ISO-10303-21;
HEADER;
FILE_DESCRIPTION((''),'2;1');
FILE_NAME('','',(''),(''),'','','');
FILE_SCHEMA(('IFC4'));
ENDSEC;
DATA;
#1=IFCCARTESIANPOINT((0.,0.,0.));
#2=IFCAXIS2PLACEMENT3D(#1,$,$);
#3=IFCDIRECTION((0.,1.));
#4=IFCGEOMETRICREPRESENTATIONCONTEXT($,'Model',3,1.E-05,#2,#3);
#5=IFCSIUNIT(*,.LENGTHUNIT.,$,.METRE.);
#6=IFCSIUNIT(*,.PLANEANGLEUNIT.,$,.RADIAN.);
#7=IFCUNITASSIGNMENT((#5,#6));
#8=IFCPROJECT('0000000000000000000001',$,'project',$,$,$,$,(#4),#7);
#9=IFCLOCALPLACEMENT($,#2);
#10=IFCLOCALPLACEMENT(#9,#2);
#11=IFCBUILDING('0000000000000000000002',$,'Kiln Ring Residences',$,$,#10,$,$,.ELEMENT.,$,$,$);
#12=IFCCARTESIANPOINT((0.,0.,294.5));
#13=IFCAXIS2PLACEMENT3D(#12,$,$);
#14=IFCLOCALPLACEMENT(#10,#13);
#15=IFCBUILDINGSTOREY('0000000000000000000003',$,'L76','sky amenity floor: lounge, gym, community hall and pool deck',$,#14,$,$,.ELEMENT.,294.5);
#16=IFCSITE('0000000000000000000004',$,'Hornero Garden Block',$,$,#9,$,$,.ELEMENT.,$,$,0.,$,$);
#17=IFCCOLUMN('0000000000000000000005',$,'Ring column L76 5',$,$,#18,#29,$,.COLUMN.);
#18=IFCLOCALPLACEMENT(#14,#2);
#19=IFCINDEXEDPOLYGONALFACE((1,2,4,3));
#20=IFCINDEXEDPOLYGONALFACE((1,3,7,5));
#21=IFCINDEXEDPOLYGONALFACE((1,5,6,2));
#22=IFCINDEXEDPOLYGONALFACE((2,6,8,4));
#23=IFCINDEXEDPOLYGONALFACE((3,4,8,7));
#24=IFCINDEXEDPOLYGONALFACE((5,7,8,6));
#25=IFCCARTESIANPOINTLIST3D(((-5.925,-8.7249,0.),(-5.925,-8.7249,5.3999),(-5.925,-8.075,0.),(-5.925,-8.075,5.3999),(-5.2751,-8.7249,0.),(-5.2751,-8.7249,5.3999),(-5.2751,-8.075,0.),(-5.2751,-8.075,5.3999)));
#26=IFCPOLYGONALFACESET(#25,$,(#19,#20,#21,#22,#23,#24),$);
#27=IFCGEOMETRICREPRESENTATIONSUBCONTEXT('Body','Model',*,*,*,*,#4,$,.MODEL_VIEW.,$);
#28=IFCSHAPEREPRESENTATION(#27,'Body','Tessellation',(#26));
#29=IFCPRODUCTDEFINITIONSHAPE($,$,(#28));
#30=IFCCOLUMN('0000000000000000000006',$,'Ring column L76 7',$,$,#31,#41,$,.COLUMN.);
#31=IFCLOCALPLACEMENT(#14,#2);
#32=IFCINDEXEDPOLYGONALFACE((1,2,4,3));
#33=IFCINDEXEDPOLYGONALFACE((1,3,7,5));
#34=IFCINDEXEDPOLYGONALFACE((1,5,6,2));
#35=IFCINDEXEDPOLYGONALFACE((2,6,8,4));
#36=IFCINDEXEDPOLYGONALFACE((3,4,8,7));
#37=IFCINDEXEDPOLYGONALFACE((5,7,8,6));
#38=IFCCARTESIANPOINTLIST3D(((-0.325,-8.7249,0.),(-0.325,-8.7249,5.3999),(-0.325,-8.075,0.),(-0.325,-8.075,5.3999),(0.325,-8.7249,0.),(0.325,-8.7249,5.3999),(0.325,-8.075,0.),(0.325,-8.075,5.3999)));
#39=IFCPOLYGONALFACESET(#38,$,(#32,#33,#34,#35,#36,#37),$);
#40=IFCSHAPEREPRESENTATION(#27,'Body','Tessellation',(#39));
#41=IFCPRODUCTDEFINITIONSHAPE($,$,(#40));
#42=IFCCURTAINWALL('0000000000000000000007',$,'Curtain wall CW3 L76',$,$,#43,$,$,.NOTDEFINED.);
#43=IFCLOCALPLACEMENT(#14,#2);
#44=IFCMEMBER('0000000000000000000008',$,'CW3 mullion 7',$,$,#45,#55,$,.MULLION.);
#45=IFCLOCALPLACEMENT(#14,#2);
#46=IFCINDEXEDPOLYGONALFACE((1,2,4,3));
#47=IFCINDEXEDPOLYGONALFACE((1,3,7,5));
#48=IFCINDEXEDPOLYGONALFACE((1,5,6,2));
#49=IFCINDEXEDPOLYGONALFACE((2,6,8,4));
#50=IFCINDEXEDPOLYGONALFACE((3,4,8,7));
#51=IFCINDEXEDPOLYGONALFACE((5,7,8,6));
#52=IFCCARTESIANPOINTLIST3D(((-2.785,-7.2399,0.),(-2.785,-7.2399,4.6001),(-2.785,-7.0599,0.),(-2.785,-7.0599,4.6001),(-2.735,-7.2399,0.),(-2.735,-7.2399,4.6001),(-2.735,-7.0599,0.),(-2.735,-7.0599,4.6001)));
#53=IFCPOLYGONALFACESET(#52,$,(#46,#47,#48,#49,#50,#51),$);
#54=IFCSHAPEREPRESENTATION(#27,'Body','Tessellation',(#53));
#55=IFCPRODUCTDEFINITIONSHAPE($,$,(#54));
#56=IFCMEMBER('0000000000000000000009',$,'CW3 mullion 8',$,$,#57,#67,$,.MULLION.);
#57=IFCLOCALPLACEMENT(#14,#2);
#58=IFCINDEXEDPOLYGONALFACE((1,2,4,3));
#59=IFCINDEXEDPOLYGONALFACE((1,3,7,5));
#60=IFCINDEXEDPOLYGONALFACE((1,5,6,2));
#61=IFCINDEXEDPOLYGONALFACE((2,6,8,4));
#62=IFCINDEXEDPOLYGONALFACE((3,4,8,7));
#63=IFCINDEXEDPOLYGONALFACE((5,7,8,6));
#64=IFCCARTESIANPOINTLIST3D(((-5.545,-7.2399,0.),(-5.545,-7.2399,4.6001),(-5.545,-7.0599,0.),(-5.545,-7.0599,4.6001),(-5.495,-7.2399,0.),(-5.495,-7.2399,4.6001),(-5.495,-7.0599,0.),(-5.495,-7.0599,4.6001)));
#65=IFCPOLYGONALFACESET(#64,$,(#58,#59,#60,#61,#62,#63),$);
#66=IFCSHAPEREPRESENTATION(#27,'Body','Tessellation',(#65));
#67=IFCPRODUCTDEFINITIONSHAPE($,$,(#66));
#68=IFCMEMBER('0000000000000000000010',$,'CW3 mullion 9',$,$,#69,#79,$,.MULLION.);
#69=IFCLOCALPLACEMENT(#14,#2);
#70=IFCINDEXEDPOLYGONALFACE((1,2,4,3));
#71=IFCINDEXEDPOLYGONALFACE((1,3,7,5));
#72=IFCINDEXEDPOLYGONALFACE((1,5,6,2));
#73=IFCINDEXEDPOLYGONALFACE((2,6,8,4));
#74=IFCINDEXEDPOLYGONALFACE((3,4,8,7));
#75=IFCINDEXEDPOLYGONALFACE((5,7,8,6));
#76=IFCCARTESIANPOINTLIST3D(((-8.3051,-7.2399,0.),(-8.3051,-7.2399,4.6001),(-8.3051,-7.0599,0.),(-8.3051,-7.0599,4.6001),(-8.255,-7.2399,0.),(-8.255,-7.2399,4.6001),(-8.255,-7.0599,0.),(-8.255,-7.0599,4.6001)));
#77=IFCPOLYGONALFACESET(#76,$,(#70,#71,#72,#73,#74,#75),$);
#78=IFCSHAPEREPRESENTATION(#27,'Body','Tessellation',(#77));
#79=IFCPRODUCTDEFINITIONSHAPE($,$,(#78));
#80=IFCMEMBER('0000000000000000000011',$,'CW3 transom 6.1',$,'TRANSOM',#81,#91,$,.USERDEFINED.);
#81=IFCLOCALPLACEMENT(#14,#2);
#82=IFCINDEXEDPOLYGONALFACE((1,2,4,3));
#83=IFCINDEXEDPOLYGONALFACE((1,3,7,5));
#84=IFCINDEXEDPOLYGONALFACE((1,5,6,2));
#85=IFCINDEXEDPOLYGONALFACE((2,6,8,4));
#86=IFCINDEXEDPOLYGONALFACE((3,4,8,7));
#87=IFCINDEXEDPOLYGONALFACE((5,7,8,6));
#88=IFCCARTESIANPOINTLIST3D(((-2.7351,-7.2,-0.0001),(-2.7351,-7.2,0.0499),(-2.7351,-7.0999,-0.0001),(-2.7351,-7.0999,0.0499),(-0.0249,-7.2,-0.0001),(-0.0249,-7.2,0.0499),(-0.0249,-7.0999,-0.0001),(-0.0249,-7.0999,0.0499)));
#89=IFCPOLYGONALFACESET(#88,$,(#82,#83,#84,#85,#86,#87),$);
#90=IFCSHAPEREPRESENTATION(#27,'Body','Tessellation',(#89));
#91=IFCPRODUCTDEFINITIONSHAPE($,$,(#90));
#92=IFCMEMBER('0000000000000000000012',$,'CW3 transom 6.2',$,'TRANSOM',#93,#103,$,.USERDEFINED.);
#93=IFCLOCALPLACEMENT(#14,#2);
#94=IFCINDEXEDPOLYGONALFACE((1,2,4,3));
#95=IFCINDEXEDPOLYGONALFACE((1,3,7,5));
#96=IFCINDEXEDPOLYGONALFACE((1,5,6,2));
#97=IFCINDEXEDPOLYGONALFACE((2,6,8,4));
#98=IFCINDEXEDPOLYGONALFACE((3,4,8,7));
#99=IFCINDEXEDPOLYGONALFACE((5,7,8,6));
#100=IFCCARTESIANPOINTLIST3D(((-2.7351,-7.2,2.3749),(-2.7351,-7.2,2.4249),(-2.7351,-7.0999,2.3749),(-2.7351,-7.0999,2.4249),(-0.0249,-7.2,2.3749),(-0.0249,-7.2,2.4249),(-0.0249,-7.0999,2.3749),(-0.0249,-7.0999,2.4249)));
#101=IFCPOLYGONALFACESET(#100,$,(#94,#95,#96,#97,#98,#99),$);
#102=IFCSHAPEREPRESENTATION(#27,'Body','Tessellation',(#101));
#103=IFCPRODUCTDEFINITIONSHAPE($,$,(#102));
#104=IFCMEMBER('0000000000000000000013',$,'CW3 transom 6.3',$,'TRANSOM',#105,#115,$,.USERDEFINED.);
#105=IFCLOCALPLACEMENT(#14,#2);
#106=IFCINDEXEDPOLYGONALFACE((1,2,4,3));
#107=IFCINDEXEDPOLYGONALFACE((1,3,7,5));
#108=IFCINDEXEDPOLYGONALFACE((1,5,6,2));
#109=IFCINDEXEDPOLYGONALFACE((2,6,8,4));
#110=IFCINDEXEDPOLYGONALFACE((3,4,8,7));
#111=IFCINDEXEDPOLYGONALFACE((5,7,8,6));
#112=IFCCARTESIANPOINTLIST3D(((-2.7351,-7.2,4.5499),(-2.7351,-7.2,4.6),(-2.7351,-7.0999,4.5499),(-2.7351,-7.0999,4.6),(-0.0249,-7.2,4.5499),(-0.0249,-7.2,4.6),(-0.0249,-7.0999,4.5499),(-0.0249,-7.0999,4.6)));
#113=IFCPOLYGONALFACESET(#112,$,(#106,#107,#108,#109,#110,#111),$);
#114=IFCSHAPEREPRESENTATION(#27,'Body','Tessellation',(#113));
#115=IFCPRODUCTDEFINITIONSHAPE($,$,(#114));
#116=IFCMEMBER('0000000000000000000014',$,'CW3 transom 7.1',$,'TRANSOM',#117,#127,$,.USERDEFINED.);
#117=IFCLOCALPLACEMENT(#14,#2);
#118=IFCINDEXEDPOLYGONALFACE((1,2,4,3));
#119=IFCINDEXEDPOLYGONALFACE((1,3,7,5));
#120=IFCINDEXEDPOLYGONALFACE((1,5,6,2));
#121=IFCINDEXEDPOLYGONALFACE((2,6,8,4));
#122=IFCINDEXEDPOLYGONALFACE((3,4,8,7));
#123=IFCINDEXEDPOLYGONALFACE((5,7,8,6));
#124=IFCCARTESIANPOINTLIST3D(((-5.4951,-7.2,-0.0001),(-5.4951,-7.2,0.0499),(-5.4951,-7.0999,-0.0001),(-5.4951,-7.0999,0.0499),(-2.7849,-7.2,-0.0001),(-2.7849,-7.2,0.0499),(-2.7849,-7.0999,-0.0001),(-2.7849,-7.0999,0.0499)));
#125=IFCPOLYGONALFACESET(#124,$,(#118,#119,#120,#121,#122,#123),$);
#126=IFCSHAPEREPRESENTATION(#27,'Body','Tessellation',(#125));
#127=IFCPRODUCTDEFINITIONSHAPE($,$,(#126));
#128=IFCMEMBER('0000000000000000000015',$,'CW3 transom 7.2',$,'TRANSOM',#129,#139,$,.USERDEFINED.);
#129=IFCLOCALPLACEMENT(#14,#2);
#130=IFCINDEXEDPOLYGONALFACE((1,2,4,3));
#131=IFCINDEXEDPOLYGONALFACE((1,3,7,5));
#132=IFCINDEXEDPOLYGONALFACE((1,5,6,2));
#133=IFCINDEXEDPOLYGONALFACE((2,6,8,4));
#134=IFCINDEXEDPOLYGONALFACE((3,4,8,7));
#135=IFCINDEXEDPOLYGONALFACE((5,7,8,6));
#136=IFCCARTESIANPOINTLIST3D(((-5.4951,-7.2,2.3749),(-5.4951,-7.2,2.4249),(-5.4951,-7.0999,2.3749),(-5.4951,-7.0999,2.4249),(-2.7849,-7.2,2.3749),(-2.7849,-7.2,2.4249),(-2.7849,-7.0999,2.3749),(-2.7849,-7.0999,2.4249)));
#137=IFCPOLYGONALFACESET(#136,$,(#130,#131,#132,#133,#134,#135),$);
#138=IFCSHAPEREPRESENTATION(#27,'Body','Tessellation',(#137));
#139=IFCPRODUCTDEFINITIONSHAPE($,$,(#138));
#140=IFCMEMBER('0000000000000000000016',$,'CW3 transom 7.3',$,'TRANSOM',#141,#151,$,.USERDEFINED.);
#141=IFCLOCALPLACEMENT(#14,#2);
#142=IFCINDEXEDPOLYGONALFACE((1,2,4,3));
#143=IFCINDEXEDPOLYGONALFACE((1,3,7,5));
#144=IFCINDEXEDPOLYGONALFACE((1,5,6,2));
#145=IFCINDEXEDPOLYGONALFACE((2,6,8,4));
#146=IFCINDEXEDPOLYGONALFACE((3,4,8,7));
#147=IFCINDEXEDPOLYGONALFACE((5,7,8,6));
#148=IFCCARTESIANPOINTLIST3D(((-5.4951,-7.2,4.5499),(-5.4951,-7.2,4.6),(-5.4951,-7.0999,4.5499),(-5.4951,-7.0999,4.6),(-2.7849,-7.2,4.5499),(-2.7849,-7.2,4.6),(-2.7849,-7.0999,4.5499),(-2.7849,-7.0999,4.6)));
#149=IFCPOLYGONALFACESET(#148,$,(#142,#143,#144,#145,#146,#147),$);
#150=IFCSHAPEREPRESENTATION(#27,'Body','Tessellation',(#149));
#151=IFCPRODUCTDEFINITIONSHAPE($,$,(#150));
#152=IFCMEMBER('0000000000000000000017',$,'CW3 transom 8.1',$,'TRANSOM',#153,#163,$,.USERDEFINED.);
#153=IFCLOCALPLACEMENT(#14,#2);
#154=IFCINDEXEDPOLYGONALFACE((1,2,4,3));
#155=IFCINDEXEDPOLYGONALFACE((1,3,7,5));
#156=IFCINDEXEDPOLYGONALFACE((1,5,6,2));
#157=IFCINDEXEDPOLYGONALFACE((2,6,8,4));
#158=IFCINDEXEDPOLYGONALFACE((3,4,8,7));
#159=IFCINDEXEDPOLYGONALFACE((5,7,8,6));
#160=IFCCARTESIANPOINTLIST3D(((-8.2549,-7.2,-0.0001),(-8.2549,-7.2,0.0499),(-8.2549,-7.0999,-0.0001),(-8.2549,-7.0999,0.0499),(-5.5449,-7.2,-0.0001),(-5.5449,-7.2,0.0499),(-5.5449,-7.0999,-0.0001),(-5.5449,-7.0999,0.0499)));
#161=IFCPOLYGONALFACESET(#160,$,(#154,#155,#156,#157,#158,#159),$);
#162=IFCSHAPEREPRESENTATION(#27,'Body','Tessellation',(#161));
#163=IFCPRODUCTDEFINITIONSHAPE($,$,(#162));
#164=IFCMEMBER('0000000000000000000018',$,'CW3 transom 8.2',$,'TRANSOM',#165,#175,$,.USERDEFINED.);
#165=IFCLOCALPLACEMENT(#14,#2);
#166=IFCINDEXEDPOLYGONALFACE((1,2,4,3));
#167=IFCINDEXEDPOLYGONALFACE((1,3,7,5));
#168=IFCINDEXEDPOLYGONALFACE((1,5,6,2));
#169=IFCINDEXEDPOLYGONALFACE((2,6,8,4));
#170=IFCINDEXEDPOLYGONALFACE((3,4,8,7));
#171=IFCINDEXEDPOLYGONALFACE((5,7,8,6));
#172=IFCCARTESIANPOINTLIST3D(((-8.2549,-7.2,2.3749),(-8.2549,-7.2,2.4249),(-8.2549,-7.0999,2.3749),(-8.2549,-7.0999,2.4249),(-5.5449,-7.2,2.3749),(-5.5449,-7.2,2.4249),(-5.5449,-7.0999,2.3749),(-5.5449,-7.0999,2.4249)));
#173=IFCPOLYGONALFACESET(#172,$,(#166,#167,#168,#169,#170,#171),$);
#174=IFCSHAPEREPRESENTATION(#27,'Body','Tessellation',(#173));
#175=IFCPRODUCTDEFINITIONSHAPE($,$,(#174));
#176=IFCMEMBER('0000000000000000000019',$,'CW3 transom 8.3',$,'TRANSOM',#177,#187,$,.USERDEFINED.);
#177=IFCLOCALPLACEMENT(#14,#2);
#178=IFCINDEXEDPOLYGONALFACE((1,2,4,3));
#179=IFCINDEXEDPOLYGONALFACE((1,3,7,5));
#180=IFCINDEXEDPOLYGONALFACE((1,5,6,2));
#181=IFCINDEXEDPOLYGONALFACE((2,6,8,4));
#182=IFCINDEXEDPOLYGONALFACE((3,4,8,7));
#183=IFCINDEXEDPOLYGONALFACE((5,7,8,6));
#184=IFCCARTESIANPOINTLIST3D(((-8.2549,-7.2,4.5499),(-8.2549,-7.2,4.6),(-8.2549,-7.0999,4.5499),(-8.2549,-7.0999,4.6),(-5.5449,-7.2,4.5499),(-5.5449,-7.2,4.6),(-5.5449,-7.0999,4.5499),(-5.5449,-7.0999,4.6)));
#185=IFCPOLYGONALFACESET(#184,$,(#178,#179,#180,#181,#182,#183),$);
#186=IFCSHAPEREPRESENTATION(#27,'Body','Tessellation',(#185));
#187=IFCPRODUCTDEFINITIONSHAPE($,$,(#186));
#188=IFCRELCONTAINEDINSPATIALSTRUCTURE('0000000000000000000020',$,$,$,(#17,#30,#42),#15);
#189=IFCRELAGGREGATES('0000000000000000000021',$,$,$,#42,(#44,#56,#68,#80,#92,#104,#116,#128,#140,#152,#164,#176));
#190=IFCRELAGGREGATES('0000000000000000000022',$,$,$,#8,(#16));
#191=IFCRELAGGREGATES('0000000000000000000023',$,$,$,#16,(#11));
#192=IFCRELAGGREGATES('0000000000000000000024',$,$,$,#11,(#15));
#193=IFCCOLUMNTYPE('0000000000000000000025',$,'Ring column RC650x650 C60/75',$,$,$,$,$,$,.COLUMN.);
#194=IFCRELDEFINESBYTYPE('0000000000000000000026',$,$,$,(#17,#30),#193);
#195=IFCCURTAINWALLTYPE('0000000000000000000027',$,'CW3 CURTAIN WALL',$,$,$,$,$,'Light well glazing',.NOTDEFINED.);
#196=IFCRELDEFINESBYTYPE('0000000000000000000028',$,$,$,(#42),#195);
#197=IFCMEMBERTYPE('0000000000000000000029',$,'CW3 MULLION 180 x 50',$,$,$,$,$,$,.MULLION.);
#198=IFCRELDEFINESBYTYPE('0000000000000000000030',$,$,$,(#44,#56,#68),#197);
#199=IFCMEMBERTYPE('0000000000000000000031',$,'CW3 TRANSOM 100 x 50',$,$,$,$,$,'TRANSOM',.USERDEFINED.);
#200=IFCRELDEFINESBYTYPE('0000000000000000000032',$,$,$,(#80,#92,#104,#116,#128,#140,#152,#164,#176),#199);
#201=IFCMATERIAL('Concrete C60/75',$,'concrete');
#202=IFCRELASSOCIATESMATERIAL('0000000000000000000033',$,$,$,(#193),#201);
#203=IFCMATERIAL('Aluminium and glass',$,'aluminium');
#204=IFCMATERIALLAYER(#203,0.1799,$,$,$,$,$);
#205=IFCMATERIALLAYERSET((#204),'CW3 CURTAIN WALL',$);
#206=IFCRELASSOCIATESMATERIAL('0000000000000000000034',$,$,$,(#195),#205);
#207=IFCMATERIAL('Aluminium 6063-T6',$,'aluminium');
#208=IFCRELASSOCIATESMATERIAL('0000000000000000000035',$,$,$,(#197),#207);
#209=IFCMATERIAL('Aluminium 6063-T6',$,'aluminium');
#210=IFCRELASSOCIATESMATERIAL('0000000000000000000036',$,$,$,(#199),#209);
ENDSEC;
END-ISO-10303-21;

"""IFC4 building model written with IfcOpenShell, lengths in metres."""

from ifc_helpers import new_model, si_unit, direction, frame, origin, origin_2d, place, context, subcontext, project, spatial, rectangle, extrude, material, layer, layer_set, material_profile, profile_set, type_object, element, aggregate, save


model = new_model("IFC4")

# Units and contexts
model_context = context("Model", 3, precision=1e-05, world=origin(), true_north=direction((0.0, 1.0)))
body_context = subcontext(model_context, "Body", "Model", "MODEL_VIEW")
ifc_project = project(units=[si_unit("LENGTHUNIT", "METRE"), si_unit("PLANEANGLEUNIT", "RADIAN")], contexts=[model_context])

# Site, building, storey
site_placement = place(None, origin())
site = spatial("IfcSite", under=ifc_project, at=site_placement, Name="Hornero Garden Block", CompositionType="ELEMENT", RefElevation=0.0)
building_placement = place(site_placement, origin())
building = spatial("IfcBuilding", under=site, at=building_placement, Name="Kiln Ring Residences", CompositionType="ELEMENT")
storey_placement = place(building_placement, frame((0.0, 0.0, 294.5)))
storey = spatial("IfcBuildingStorey", under=building, at=storey_placement, Name="L76", Description="sky amenity floor: lounge, gym, community hall and pool deck", CompositionType="ELEMENT", Elevation=294.5)

# Columns
ifc_material_1 = material(Name="Concrete C60/75", Category="concrete")
ifc_material_profile_1 = material_profile(ifc_material_1, rectangle(XDim=0.6499, YDim=0.6499, at=origin_2d()), Name="RC650x650")
ifc_profile_set_1 = profile_set([ifc_material_profile_1], Name="Concrete C60/75")
column_type = type_object("IfcColumnType", Name="Ring column RC650x650 C60/75", PredefinedType="COLUMN", material=ifc_profile_set_1)
for number, where, z_axis, x_axis, name in (
    (1, (-5.6001, -8.3999, 0.0), (0.0, 0.0, 1.0), (1.0, 0.0, 0.0), "Ring column L76 5"),
    (2, (0.0, -8.3999, 0.0), (0.0, 0.0, 1.0), (1.0, 0.0, 0.0), "Ring column L76 7"),
):
    element("IfcColumn", number, at=place(storey_placement, frame(where, z_axis=z_axis, x_axis=x_axis)), inside=storey, type_object=column_type, Name=name, PredefinedType="COLUMN", context=body_context, shape_type="SweptSolid", body=[
        extrude(rectangle(XDim=0.6499, YDim=0.6499, at=origin_2d()), origin(), (0.0, 0.0, 1.0), 5.3999),
    ])

# Curtain wall, members
ifc_material_2 = material(Name="Aluminium and glass", Category="aluminium")
ifc_layer_1 = layer(ifc_material_2, 0.1799)
ifc_layer_set_1 = layer_set([ifc_layer_1], Name="CW3 CURTAIN WALL")
curtain_wall_type = type_object("IfcCurtainWallType", Name="CW3 CURTAIN WALL", ElementType="Light well glazing", PredefinedType="NOTDEFINED", material=ifc_layer_set_1)
curtain_wall_placement = place(storey_placement, origin())
curtain_wall = element("IfcCurtainWall", 3, at=curtain_wall_placement, inside=storey, type_object=curtain_wall_type, Name="Curtain wall CW3 L76", PredefinedType="NOTDEFINED")
ifc_material_3 = material(Name="Aluminium 6063-T6", Category="aluminium")
ifc_material_profile_2 = material_profile(ifc_material_3, rectangle(XDim=0.1799, YDim=0.05, at=origin_2d()), Name="AL 180x50")
ifc_profile_set_2 = profile_set([ifc_material_profile_2], Name="Aluminium 6063-T6")
member_type_1 = type_object("IfcMemberType", Name="CW3 MULLION 180 x 50", PredefinedType="MULLION", material=ifc_profile_set_2)
member_1_placement = place(storey_placement, frame((-2.76, -7.1499, 0.0), z_axis=(0.0, 0.0, 1.0), x_axis=(0.0, -1.0, 0.0)))
member_1 = element("IfcMember", 4, at=member_1_placement, type_object=member_type_1, Name="CW3 mullion 7", PredefinedType="MULLION", context=body_context, shape_type="SweptSolid", body=[
    extrude(rectangle(XDim=0.1799, YDim=0.05, at=origin_2d()), origin(), (0.0, 0.0, 1.0), 4.6001),
])
member_2_placement = place(storey_placement, frame((-5.52, -7.1499, 0.0), z_axis=(0.0, 0.0, 1.0), x_axis=(0.0, -1.0, 0.0)))
member_2 = element("IfcMember", 5, at=member_2_placement, type_object=member_type_1, Name="CW3 mullion 8", PredefinedType="MULLION", context=body_context, shape_type="SweptSolid", body=[
    extrude(rectangle(XDim=0.1799, YDim=0.05, at=origin_2d()), origin(), (0.0, 0.0, 1.0), 4.6001),
])
member_3_placement = place(storey_placement, frame((-8.28, -7.1499, 0.0), z_axis=(0.0, 0.0, 1.0), x_axis=(0.0, -1.0, 0.0)))
member_3 = element("IfcMember", 6, at=member_3_placement, type_object=member_type_1, Name="CW3 mullion 9", PredefinedType="MULLION", context=body_context, shape_type="SweptSolid", body=[
    extrude(rectangle(XDim=0.1799, YDim=0.05, at=origin_2d()), origin(), (0.0, 0.0, 1.0), 4.6001),
])
ifc_material_4 = material(Name="Aluminium 6063-T6", Category="aluminium")
ifc_material_profile_3 = material_profile(ifc_material_4, rectangle(XDim=0.1001, YDim=0.05, at=origin_2d()), Name="AL 100x50")
ifc_profile_set_3 = profile_set([ifc_material_profile_3], Name="Aluminium 6063-T6")
member_type_2 = type_object("IfcMemberType", Name="CW3 TRANSOM 100 x 50", ElementType="TRANSOM", PredefinedType="USERDEFINED", material=ifc_profile_set_3)
member_4_placement = place(storey_placement, frame((-0.0249, -7.1499, 0.0249), z_axis=(-1.0, 0.0, 0.0), x_axis=(0.0, -1.0, 0.0)))
member_4 = element("IfcMember", 7, at=member_4_placement, type_object=member_type_2, Name="CW3 transom 6.1", ObjectType="TRANSOM", PredefinedType="USERDEFINED", context=body_context, shape_type="SweptSolid", body=[
    extrude(rectangle(XDim=0.1001, YDim=0.05, at=origin_2d()), origin(), (0.0, 0.0, 1.0), 2.7102),
])
member_5_placement = place(storey_placement, frame((-0.0249, -7.1499, 2.3999), z_axis=(-1.0, 0.0, 0.0), x_axis=(0.0, -1.0, 0.0)))
member_5 = element("IfcMember", 8, at=member_5_placement, type_object=member_type_2, Name="CW3 transom 6.2", ObjectType="TRANSOM", PredefinedType="USERDEFINED", context=body_context, shape_type="SweptSolid", body=[
    extrude(rectangle(XDim=0.1001, YDim=0.05, at=origin_2d()), origin(), (0.0, 0.0, 1.0), 2.7102),
])
member_6_placement = place(storey_placement, frame((-0.0249, -7.1499, 4.575), z_axis=(-1.0, 0.0, 0.0), x_axis=(0.0, -1.0, 0.0)))
member_6 = element("IfcMember", 9, at=member_6_placement, type_object=member_type_2, Name="CW3 transom 6.3", ObjectType="TRANSOM", PredefinedType="USERDEFINED", context=body_context, shape_type="SweptSolid", body=[
    extrude(rectangle(XDim=0.1001, YDim=0.05, at=origin_2d()), origin(), (0.0, 0.0, 1.0), 2.7102),
])
member_7_placement = place(storey_placement, frame((-2.7849, -7.1499, 0.0249), z_axis=(-1.0, 0.0, 0.0), x_axis=(0.0, -1.0, 0.0)))
member_7 = element("IfcMember", 10, at=member_7_placement, type_object=member_type_2, Name="CW3 transom 7.1", ObjectType="TRANSOM", PredefinedType="USERDEFINED", context=body_context, shape_type="SweptSolid", body=[
    extrude(rectangle(XDim=0.1001, YDim=0.05, at=origin_2d()), origin(), (0.0, 0.0, 1.0), 2.7102),
])
member_8_placement = place(storey_placement, frame((-2.7849, -7.1499, 2.3999), z_axis=(-1.0, 0.0, 0.0), x_axis=(0.0, -1.0, 0.0)))
member_8 = element("IfcMember", 11, at=member_8_placement, type_object=member_type_2, Name="CW3 transom 7.2", ObjectType="TRANSOM", PredefinedType="USERDEFINED", context=body_context, shape_type="SweptSolid", body=[
    extrude(rectangle(XDim=0.1001, YDim=0.05, at=origin_2d()), origin(), (0.0, 0.0, 1.0), 2.7102),
])
member_9_placement = place(storey_placement, frame((-2.7849, -7.1499, 4.575), z_axis=(-1.0, 0.0, 0.0), x_axis=(0.0, -1.0, 0.0)))
member_9 = element("IfcMember", 12, at=member_9_placement, type_object=member_type_2, Name="CW3 transom 7.3", ObjectType="TRANSOM", PredefinedType="USERDEFINED", context=body_context, shape_type="SweptSolid", body=[
    extrude(rectangle(XDim=0.1001, YDim=0.05, at=origin_2d()), origin(), (0.0, 0.0, 1.0), 2.7102),
])
member_10_placement = place(storey_placement, frame((-5.5449, -7.1499, 0.0249), z_axis=(-1.0, 0.0, 0.0), x_axis=(0.0, -1.0, 0.0)))
member_10 = element("IfcMember", 13, at=member_10_placement, type_object=member_type_2, Name="CW3 transom 8.1", ObjectType="TRANSOM", PredefinedType="USERDEFINED", context=body_context, shape_type="SweptSolid", body=[
    extrude(rectangle(XDim=0.1001, YDim=0.05, at=origin_2d()), origin(), (0.0, 0.0, 1.0), 2.71),
])
member_11_placement = place(storey_placement, frame((-5.5449, -7.1499, 2.3999), z_axis=(-1.0, 0.0, 0.0), x_axis=(0.0, -1.0, 0.0)))
member_11 = element("IfcMember", 14, at=member_11_placement, type_object=member_type_2, Name="CW3 transom 8.2", ObjectType="TRANSOM", PredefinedType="USERDEFINED", context=body_context, shape_type="SweptSolid", body=[
    extrude(rectangle(XDim=0.1001, YDim=0.05, at=origin_2d()), origin(), (0.0, 0.0, 1.0), 2.71),
])
member_12_placement = place(storey_placement, frame((-5.5449, -7.1499, 4.575), z_axis=(-1.0, 0.0, 0.0), x_axis=(0.0, -1.0, 0.0)))
member_12 = element("IfcMember", 15, at=member_12_placement, type_object=member_type_2, Name="CW3 transom 8.3", ObjectType="TRANSOM", PredefinedType="USERDEFINED", context=body_context, shape_type="SweptSolid", body=[
    extrude(rectangle(XDim=0.1001, YDim=0.05, at=origin_2d()), origin(), (0.0, 0.0, 1.0), 2.71),
])

aggregate(curtain_wall, [member_1, member_2, member_3, member_4, member_5, member_6, member_7, member_8, member_9, member_10, member_11, member_12])

save(model, "model.ifc")
